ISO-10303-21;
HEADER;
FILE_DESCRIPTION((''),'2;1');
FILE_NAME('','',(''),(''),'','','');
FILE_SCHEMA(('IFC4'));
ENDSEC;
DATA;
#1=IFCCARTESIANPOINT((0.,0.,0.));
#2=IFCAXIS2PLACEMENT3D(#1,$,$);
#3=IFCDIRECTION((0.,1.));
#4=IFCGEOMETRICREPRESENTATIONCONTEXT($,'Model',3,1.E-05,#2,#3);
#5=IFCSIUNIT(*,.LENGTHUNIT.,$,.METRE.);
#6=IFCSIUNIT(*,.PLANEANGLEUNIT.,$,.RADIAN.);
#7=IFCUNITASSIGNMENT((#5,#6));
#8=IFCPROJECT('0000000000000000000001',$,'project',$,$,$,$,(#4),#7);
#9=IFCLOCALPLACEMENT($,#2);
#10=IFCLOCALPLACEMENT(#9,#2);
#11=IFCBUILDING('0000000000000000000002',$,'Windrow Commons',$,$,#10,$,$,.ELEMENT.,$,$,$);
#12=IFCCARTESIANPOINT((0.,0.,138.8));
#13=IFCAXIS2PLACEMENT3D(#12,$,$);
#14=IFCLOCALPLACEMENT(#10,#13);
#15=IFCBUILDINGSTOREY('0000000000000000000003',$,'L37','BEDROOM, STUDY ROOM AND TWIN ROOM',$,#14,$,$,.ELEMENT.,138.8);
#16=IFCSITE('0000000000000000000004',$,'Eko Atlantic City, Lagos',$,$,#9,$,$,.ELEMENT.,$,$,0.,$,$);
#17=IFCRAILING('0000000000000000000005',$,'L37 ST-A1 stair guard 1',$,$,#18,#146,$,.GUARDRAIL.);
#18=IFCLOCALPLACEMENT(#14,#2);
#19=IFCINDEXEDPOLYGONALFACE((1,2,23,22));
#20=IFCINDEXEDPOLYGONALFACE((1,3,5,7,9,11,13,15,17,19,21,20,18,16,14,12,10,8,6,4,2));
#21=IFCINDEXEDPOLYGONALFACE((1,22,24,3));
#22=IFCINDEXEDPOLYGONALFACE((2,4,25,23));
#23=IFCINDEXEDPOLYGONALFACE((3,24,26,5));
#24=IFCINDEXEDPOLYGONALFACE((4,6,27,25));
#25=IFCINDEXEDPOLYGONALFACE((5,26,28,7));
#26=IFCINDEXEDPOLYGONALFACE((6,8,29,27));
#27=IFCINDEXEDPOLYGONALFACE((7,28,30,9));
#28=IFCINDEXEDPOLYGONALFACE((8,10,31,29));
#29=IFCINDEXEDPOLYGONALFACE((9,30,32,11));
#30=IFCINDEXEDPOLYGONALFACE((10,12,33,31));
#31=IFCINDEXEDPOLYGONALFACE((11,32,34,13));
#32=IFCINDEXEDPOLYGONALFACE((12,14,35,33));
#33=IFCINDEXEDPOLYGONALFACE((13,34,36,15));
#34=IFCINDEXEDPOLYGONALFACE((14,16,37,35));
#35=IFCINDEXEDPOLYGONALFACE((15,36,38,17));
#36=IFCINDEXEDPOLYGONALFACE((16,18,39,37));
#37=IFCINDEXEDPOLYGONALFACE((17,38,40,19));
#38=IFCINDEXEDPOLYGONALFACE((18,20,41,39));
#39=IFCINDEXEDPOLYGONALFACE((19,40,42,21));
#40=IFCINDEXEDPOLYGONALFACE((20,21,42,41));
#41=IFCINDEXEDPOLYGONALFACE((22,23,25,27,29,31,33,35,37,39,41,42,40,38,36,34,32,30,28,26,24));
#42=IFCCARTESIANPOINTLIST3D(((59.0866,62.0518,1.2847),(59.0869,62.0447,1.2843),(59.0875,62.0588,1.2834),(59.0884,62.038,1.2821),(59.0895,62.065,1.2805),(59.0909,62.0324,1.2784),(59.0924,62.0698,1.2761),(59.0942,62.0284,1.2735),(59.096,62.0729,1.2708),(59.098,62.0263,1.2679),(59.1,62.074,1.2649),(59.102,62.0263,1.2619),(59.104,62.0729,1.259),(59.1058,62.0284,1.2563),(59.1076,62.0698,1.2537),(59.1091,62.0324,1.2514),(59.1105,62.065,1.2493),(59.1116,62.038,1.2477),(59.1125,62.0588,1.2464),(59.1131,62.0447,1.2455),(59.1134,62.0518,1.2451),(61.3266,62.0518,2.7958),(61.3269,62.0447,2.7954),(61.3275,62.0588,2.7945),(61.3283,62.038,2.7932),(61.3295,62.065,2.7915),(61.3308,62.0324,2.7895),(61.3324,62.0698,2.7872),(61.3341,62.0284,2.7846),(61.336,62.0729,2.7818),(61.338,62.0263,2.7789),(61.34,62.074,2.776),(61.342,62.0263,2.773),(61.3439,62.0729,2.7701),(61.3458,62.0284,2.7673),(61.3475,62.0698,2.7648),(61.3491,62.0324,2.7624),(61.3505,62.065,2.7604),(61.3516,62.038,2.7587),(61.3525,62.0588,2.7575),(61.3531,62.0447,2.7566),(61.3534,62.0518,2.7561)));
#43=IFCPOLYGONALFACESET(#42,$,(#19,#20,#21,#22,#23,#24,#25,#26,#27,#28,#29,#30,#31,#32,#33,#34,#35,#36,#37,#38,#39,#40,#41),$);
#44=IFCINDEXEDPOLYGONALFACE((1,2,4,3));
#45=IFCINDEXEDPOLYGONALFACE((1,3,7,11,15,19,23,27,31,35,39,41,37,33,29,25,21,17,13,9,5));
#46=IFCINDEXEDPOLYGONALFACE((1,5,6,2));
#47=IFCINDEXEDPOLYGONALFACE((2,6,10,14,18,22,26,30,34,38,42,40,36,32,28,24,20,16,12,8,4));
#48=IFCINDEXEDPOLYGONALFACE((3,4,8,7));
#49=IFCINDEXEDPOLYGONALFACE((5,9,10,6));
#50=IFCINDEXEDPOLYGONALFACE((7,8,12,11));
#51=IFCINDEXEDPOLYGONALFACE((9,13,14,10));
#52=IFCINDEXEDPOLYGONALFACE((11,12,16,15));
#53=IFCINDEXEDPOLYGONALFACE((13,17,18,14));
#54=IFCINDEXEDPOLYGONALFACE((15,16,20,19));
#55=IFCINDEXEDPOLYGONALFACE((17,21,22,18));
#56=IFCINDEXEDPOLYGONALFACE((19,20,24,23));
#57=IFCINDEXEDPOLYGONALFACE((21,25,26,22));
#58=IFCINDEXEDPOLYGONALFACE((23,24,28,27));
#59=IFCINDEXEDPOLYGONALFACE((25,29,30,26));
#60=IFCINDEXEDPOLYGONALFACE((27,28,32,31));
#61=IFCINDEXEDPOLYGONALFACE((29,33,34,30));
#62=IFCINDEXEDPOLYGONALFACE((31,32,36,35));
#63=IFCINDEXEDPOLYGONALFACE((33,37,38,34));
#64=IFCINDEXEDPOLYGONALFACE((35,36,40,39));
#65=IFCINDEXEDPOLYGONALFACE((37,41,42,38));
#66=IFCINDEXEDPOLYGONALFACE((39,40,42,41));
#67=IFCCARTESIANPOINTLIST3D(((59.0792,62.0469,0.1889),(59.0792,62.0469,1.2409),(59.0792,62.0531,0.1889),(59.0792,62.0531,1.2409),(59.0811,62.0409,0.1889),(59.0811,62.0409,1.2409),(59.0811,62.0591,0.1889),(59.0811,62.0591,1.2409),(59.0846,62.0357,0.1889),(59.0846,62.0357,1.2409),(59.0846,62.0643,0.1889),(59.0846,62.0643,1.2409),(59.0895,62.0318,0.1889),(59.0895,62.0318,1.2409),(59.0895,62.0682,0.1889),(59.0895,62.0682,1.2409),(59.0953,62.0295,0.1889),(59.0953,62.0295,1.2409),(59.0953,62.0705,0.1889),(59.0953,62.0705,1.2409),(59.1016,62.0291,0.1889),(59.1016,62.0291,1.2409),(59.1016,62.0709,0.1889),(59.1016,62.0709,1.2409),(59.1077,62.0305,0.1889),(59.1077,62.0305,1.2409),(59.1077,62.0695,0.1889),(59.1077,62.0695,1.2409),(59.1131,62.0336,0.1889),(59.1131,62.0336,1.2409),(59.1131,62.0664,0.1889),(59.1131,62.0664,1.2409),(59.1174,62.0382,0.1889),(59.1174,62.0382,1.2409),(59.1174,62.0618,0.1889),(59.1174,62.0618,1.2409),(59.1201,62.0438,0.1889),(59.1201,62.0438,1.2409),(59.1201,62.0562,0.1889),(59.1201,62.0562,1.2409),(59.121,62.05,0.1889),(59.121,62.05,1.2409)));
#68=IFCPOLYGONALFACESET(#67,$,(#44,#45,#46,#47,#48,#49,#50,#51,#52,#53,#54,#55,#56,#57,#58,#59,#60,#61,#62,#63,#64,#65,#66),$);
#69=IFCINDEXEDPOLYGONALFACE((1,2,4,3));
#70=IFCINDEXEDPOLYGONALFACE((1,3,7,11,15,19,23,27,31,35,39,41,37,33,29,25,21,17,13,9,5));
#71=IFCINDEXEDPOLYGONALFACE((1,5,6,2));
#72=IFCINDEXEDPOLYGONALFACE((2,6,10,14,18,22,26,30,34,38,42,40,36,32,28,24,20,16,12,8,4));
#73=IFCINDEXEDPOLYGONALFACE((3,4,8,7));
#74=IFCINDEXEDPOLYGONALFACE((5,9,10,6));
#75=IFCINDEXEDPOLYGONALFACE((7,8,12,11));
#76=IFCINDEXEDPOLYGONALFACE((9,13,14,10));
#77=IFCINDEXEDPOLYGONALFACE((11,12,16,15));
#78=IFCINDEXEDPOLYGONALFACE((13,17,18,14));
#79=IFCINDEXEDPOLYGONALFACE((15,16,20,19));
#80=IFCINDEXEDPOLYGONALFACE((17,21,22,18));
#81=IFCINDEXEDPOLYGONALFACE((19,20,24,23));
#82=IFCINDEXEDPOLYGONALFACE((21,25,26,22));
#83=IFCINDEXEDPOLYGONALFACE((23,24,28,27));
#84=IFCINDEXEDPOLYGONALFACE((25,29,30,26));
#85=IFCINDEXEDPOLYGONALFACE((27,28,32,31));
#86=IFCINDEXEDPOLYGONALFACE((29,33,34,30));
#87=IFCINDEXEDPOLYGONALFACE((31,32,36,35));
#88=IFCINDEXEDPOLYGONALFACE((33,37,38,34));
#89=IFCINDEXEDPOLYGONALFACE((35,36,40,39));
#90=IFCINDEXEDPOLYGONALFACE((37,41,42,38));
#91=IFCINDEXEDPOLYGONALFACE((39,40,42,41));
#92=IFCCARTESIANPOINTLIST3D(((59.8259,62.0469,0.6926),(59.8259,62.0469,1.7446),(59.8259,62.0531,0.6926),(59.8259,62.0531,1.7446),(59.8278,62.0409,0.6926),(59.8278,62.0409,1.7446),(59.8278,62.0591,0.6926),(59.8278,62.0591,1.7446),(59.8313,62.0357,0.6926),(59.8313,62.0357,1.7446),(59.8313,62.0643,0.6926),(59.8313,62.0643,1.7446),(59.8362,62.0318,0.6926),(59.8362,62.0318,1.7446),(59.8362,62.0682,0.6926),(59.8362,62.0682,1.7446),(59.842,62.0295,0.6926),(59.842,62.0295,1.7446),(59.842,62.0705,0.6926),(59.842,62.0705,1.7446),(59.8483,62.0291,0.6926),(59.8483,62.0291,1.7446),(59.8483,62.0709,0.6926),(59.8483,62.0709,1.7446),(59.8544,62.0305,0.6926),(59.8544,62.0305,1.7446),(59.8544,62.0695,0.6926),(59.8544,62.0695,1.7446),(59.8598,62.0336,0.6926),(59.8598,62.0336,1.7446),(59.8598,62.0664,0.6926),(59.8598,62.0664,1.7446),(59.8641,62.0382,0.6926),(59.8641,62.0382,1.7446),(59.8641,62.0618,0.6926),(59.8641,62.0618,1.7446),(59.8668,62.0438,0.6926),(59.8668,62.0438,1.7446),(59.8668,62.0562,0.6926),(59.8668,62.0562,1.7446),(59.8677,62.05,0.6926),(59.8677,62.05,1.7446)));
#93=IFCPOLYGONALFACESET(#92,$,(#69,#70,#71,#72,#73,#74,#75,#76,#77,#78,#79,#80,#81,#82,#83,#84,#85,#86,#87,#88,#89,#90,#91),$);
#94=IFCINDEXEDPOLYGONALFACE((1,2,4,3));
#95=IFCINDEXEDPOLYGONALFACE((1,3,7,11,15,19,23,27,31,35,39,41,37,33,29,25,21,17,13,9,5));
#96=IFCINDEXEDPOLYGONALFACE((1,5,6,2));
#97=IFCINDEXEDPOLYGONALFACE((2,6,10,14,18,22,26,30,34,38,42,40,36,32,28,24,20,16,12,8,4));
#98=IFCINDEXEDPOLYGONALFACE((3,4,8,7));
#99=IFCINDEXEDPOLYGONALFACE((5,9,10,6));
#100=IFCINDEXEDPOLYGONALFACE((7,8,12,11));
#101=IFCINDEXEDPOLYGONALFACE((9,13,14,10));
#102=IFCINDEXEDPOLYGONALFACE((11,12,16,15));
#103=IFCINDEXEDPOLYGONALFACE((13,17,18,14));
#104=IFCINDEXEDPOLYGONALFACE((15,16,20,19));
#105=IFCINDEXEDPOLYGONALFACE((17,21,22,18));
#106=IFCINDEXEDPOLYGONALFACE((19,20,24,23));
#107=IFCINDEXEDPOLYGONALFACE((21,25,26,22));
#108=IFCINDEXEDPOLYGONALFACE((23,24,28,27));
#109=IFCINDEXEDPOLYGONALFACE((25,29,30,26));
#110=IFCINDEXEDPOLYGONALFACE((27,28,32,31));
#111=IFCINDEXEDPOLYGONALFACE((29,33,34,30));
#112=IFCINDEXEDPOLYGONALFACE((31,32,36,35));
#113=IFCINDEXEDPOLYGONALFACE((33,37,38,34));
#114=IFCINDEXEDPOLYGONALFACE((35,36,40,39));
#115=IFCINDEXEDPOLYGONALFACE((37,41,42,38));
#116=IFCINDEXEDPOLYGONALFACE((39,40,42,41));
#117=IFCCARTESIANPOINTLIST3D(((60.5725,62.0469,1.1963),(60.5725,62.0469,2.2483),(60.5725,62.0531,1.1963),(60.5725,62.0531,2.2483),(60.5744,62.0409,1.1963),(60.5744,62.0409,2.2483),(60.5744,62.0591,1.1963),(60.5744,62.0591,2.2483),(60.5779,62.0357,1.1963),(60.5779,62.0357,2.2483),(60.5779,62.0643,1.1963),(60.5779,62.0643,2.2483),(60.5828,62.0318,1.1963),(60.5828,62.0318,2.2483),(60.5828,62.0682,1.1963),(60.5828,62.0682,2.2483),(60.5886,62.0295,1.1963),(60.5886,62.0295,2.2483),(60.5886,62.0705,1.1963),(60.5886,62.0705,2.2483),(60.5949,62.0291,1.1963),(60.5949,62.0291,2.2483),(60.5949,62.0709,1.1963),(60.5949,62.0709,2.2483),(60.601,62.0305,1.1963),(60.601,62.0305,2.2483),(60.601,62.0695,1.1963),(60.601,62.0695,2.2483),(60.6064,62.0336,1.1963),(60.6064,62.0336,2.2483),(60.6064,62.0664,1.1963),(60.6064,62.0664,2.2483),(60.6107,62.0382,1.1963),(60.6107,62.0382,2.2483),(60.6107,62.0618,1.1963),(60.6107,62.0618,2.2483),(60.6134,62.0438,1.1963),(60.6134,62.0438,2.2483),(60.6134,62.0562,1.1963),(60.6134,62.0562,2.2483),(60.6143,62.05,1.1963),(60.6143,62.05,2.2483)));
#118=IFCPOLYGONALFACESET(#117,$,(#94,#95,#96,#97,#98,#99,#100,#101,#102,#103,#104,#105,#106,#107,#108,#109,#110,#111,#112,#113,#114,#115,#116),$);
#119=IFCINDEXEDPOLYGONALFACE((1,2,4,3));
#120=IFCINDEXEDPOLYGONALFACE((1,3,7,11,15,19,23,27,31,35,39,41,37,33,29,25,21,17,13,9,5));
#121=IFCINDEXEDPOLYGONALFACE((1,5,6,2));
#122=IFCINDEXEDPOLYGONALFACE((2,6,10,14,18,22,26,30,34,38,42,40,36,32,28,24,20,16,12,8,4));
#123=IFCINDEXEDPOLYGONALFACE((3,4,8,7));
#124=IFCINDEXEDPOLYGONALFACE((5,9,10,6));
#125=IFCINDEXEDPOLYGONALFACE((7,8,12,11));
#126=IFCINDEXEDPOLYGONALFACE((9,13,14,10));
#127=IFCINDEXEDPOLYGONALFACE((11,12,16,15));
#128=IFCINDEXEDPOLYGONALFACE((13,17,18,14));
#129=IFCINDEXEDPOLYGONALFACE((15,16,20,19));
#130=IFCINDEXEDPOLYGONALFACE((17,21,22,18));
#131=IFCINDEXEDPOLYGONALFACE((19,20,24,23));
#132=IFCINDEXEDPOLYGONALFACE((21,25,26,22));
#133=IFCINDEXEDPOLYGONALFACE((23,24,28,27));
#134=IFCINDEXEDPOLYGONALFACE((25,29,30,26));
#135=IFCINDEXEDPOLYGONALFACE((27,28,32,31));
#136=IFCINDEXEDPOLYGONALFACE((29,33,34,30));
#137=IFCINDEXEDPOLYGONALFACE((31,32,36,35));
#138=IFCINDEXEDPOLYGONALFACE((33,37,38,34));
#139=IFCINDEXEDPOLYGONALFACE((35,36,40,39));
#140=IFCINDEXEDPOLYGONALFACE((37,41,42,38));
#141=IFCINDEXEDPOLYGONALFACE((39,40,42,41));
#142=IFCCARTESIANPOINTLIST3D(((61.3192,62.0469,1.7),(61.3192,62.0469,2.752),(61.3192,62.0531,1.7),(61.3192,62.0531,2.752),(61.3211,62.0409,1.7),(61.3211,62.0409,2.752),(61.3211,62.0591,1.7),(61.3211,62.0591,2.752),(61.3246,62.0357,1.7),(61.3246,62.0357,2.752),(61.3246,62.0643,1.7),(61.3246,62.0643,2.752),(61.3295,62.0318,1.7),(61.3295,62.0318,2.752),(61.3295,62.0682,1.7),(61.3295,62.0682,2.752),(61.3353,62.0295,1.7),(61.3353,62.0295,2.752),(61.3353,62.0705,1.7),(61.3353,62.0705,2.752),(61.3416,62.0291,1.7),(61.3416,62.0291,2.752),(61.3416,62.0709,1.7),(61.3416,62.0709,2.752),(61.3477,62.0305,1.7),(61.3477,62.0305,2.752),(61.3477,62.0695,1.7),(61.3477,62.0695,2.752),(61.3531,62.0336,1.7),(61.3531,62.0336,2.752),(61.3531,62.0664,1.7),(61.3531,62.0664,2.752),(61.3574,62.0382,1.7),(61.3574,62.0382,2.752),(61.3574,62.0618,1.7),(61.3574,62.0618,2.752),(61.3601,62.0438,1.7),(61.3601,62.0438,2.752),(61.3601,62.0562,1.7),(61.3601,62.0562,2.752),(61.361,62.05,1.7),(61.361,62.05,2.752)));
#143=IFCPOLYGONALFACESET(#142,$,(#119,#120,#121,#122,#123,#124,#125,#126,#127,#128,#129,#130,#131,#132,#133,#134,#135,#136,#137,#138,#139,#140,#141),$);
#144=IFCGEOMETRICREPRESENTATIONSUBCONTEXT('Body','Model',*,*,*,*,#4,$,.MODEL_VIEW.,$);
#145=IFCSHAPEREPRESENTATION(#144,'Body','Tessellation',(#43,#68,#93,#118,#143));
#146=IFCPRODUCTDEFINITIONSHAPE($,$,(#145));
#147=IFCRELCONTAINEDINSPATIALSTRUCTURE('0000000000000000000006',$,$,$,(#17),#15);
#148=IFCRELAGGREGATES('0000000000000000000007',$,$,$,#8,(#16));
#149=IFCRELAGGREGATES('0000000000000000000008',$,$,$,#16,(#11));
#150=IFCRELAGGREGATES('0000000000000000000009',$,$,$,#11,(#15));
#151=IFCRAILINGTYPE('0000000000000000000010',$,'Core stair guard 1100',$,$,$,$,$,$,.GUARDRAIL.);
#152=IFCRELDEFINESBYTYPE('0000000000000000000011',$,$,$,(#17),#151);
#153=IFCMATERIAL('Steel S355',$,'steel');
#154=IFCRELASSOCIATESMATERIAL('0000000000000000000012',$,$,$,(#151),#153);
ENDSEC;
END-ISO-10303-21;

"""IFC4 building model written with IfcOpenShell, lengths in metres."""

from ifc_helpers import new_model, si_unit, direction, frame, origin, origin_2d, place, context, subcontext, project, spatial, circle, extrude, material, type_object, element, save


model = new_model("IFC4")

# Units and contexts
model_context = context("Model", 3, precision=1e-05, world=origin(), true_north=direction((0.0, 1.0)))
body_context = subcontext(model_context, "Body", "Model", "MODEL_VIEW")
ifc_project = project(units=[si_unit("LENGTHUNIT", "METRE"), si_unit("PLANEANGLEUNIT", "RADIAN")], contexts=[model_context])

# Site, building, storey
site_placement = place(None, origin())
site = spatial("IfcSite", under=ifc_project, at=site_placement, Name="Eko Atlantic City, Lagos", CompositionType="ELEMENT", RefElevation=0.0)
building_placement = place(site_placement, origin())
building = spatial("IfcBuilding", under=site, at=building_placement, Name="Windrow Commons", CompositionType="ELEMENT")
storey_placement = place(building_placement, frame((0.0, 0.0, 138.8)))
storey = spatial("IfcBuildingStorey", under=building, at=storey_placement, Name="L37", Description="BEDROOM, STUDY ROOM AND TWIN ROOM", CompositionType="ELEMENT", Elevation=138.8)

# Railing
ifc_material_1 = material(Name="Steel S355", Category="steel")
railing_type_1 = type_object("IfcRailingType", Name="Core stair guard 1100", PredefinedType="GUARDRAIL", material=ifc_material_1)
railing_1_placement = place(storey_placement, frame((59.1, 62.05, 0.1889)))
element("IfcRailing", 1, at=railing_1_placement, inside=storey, type_object=railing_type_1, Name="L37 ST-A1 stair guard 1", PredefinedType="GUARDRAIL", context=body_context, shape_type="SweptSolid", body=[
    extrude(circle(Radius=0.024, at=origin_2d()), frame((0.0, 0.0, 1.076), z_axis=(0.829003, 0.0, 0.559244), x_axis=(0.0, 1.0, 0.0)), (0.0, 0.0, 1.0), 2.702),
    extrude(circle(Radius=0.021, at=origin_2d()), origin(), (0.0, 0.0, 1.0), 1.052),
    extrude(circle(Radius=0.021, at=origin_2d()), frame((0.7467, 0.0, 0.5037)), (0.0, 0.0, 1.0), 1.052),
    extrude(circle(Radius=0.021, at=origin_2d()), frame((1.4933, 0.0, 1.0074)), (0.0, 0.0, 1.0), 1.052),
    extrude(circle(Radius=0.021, at=origin_2d()), frame((2.24, 0.0, 1.5111)), (0.0, 0.0, 1.0), 1.052),
])

save(model, "model.ifc")
